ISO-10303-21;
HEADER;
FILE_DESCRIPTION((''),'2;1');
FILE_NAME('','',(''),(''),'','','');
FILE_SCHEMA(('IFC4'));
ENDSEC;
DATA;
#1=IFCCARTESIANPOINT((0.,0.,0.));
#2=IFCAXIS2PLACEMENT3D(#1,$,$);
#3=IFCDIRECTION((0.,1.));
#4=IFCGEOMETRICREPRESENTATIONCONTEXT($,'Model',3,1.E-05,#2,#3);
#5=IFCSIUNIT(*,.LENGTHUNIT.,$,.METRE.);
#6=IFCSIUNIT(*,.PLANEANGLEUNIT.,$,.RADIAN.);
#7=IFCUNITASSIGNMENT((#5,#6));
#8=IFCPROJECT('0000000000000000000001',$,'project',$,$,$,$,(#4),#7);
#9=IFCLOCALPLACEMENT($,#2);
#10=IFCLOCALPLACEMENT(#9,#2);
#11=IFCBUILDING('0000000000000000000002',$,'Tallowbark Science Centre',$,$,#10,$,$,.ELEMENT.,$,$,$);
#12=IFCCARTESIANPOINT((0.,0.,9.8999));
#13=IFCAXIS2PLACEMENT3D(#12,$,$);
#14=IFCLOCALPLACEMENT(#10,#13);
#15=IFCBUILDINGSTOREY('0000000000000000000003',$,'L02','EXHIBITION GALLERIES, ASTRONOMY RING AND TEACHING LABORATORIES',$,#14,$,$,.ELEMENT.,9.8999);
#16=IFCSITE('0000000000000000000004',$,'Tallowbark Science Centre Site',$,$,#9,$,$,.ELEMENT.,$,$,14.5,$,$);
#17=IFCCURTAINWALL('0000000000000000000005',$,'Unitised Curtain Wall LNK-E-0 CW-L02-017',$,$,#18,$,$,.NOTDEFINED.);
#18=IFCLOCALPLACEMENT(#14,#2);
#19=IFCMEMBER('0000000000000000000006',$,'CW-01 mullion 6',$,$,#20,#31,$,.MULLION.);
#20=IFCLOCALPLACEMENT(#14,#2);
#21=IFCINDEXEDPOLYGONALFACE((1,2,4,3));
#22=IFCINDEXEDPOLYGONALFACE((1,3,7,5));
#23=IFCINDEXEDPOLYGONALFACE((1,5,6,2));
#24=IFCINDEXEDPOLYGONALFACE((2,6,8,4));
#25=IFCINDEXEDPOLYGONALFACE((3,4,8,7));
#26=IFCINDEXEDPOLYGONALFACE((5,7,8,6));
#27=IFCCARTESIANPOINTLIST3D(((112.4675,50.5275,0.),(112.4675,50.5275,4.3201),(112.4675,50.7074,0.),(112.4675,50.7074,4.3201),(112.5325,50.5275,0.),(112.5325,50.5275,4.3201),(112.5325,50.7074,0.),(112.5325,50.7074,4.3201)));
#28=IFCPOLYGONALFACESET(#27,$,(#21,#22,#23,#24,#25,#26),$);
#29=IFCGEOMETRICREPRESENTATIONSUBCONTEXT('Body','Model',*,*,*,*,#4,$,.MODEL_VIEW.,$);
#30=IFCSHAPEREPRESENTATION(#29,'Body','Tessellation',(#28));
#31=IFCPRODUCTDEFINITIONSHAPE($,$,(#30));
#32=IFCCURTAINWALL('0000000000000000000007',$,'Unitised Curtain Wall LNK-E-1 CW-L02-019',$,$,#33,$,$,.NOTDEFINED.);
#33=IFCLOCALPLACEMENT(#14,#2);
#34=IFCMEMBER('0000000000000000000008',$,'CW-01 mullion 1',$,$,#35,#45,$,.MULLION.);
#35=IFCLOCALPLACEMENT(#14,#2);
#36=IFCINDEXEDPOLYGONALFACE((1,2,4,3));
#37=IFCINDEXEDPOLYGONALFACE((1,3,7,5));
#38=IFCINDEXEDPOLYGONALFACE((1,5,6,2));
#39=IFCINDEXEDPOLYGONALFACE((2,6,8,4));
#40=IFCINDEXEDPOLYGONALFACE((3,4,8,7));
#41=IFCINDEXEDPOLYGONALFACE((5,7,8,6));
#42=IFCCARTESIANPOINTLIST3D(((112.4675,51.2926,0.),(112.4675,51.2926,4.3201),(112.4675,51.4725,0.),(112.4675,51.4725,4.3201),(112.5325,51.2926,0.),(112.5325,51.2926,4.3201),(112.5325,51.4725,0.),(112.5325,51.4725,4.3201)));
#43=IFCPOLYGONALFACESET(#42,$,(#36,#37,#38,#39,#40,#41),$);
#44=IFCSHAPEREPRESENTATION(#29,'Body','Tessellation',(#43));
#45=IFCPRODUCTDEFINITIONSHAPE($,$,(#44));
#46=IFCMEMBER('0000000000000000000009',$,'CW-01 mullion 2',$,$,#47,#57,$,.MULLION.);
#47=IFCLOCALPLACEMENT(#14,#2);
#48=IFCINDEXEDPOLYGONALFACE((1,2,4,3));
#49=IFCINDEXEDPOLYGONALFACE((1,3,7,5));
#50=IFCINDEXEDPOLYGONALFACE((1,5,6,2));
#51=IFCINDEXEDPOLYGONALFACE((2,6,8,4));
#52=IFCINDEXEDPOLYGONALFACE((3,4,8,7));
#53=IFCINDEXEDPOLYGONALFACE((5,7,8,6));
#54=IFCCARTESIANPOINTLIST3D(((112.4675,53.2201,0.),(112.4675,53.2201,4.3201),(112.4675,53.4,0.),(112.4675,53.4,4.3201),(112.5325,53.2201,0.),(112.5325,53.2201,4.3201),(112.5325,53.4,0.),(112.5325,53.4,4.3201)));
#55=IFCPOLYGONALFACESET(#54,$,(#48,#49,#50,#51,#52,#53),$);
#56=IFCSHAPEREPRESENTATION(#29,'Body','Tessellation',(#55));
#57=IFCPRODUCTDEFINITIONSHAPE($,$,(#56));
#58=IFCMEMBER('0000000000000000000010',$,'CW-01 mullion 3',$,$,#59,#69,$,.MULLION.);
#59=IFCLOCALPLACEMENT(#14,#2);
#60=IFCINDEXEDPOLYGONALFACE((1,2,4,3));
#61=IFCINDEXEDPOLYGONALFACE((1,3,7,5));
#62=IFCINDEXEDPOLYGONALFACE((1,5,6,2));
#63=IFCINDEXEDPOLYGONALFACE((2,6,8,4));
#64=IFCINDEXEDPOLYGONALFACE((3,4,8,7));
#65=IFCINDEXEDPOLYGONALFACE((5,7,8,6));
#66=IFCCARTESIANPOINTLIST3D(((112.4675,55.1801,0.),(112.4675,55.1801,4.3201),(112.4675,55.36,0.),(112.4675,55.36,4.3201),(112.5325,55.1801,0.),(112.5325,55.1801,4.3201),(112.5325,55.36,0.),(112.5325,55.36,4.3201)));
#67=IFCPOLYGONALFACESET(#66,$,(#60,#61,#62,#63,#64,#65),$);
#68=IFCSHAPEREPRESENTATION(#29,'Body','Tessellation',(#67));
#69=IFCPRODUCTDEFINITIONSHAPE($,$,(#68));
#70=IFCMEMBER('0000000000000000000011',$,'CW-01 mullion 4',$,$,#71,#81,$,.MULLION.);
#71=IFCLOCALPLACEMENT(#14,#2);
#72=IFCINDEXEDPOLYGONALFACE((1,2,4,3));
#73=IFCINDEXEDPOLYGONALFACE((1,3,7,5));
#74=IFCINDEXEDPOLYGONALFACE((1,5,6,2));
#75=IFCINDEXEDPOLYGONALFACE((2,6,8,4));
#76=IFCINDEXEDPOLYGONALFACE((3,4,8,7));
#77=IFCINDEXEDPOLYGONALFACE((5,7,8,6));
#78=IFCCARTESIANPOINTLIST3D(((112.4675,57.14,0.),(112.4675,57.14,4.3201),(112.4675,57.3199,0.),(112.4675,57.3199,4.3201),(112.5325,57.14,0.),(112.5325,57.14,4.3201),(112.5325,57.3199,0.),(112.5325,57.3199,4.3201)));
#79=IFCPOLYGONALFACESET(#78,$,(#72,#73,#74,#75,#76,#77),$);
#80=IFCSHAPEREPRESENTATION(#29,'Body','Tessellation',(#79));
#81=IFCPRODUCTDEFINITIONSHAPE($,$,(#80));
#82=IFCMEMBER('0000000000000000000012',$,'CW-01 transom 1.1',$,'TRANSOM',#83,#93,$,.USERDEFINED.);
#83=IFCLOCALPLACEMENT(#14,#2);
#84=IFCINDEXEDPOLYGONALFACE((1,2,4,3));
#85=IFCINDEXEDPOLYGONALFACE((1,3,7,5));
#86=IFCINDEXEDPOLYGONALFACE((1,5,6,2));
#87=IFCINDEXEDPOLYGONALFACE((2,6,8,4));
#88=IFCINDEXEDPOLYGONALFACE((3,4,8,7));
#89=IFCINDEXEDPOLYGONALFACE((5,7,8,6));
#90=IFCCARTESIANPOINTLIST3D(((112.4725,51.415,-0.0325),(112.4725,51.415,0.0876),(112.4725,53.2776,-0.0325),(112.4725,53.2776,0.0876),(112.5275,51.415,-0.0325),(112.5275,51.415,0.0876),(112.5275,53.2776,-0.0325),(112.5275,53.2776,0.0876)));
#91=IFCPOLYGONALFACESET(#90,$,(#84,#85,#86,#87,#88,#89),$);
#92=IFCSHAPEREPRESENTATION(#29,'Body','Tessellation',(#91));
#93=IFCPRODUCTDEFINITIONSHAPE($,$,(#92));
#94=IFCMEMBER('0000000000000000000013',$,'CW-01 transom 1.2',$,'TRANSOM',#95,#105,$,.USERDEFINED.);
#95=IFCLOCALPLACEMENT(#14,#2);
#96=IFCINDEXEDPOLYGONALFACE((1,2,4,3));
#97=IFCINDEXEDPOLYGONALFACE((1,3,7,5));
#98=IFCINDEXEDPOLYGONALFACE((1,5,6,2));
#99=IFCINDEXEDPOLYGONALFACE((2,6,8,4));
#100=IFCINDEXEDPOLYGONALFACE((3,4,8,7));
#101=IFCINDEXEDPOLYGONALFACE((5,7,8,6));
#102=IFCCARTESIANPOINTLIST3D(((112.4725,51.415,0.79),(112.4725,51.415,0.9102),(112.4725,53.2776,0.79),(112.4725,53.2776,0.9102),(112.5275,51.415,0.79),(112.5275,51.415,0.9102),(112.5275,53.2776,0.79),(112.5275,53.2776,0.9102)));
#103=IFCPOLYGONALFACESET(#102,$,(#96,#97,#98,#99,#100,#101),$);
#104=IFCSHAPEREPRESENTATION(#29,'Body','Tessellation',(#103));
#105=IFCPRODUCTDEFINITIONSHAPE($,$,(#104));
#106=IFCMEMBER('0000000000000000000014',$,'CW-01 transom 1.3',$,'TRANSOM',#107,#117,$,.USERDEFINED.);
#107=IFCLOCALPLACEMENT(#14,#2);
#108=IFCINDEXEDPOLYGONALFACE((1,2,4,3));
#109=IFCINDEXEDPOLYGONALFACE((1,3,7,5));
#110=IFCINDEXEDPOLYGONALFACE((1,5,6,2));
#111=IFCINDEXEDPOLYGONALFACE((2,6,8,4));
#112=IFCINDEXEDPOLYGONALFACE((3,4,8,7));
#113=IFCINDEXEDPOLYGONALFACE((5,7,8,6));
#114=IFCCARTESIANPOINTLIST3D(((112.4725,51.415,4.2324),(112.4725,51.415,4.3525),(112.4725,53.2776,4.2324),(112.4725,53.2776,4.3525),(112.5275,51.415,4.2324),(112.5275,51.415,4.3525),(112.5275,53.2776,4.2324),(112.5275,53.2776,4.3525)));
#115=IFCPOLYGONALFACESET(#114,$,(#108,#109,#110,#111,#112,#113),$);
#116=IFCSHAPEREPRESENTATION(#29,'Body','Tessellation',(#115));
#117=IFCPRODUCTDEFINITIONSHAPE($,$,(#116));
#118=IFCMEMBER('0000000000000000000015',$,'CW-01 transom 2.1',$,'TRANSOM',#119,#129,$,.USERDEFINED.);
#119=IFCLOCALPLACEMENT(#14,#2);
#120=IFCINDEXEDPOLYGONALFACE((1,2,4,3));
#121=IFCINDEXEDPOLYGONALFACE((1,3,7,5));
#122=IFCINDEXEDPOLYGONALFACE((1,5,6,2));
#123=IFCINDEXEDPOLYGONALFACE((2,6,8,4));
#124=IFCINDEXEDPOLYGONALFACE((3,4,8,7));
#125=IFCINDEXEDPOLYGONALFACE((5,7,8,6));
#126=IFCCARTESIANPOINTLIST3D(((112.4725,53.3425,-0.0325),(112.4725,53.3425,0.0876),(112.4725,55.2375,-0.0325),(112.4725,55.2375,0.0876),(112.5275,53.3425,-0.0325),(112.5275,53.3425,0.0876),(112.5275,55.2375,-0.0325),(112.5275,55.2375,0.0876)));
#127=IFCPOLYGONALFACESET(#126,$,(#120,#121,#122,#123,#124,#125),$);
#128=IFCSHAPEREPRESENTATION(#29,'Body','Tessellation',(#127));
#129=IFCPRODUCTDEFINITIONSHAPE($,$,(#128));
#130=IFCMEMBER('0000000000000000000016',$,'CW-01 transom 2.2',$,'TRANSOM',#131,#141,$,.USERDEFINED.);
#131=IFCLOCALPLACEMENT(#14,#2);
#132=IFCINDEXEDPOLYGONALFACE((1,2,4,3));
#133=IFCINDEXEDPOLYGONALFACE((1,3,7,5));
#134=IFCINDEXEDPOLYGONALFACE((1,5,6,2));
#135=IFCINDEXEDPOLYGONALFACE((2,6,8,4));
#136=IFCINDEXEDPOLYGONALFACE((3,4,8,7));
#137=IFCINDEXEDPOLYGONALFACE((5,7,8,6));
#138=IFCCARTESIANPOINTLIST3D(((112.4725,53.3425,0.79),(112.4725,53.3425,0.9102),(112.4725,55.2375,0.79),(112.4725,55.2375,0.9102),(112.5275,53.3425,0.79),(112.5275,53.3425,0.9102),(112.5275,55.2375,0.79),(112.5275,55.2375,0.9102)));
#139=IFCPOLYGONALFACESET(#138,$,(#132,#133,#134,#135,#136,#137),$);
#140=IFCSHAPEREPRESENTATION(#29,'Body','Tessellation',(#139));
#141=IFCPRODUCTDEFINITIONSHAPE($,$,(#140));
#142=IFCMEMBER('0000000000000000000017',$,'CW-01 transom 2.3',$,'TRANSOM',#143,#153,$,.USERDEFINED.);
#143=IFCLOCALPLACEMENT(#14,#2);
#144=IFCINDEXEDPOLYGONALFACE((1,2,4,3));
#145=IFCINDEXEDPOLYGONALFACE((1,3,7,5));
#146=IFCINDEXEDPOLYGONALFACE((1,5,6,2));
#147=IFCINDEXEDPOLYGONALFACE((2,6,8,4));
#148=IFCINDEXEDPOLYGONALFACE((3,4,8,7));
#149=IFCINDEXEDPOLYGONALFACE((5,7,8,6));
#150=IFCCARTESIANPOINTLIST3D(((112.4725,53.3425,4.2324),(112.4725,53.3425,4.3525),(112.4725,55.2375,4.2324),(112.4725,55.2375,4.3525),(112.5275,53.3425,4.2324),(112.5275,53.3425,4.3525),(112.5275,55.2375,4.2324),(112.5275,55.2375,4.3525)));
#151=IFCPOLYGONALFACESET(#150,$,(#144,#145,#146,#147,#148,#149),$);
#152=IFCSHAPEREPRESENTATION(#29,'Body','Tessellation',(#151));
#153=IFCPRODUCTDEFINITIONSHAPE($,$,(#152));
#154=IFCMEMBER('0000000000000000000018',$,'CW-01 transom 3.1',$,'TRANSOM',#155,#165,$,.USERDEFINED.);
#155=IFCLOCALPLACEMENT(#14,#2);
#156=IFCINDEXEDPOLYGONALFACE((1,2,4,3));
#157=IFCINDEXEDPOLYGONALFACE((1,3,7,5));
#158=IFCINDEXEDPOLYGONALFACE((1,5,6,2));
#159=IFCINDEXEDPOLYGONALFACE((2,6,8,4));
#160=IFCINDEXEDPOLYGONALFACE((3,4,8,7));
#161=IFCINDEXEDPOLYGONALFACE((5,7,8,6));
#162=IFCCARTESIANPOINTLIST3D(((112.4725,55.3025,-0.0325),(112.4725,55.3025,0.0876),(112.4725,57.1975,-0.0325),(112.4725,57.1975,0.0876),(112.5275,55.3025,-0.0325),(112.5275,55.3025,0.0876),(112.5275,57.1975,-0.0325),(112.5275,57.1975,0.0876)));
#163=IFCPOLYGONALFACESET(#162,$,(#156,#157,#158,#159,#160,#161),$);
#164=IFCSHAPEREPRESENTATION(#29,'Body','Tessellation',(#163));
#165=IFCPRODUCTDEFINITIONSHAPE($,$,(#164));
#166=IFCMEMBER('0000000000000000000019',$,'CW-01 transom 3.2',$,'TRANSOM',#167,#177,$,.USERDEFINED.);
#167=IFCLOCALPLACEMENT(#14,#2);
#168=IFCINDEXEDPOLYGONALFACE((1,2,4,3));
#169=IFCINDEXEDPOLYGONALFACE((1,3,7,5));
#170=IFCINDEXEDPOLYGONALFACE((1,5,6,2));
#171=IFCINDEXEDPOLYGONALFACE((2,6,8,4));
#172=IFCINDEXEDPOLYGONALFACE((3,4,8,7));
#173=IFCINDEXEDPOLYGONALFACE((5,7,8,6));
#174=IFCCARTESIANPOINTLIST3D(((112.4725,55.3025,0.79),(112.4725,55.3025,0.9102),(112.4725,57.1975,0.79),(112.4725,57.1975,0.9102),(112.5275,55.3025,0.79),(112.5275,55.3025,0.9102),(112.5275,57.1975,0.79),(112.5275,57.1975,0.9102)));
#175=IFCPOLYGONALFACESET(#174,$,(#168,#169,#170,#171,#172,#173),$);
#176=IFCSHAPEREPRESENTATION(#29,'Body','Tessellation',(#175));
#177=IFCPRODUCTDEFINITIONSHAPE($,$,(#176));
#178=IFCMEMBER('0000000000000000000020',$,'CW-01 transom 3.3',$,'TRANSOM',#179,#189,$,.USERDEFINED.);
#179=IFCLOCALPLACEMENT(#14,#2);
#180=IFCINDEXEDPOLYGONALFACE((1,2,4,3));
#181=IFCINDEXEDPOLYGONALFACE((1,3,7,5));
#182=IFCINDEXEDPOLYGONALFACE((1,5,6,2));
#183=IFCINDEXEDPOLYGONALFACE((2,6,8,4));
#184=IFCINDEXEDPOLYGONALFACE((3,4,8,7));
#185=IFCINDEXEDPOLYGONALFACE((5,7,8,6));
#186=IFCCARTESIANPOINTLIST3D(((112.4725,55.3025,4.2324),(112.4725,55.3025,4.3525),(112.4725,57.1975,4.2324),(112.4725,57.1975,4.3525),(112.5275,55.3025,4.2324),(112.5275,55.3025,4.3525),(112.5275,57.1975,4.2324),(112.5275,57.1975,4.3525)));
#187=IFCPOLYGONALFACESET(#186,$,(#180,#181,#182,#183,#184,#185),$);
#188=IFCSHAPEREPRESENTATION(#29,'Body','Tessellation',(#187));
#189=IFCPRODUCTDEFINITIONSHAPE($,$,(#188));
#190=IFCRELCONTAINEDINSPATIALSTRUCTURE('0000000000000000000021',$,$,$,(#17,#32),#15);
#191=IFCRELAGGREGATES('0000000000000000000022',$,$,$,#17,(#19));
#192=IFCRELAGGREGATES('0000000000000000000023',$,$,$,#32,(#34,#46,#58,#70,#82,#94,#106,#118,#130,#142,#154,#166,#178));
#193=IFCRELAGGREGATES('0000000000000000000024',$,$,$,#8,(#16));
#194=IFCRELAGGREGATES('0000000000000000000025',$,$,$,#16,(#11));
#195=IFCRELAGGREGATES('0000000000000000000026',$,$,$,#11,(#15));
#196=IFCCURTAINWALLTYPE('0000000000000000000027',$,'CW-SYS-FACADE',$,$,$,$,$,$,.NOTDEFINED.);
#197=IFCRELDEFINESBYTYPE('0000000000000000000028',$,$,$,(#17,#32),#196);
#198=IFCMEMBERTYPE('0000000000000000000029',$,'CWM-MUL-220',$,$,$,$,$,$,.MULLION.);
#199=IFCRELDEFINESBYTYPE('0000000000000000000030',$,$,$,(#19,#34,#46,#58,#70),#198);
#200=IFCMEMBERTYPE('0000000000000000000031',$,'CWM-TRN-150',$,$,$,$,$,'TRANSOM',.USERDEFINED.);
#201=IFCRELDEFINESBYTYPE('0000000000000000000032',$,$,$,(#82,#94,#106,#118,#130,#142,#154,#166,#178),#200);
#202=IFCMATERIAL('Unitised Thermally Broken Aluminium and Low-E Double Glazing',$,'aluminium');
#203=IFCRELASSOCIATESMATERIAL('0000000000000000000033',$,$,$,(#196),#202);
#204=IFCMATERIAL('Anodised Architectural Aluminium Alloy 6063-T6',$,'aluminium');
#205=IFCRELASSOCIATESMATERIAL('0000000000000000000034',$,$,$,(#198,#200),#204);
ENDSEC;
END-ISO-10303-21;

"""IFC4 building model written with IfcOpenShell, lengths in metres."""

from ifc_helpers import new_model, si_unit, direction, frame, origin, origin_2d, place, context, subcontext, project, spatial, rectangle, extrude, material, material_profile, profile_set, type_object, element, aggregate, save


model = new_model("IFC4")

# Units and contexts
model_context = context("Model", 3, precision=1e-05, world=origin(), true_north=direction((0.0, 1.0)))
body_context = subcontext(model_context, "Body", "Model", "MODEL_VIEW")
ifc_project = project(units=[si_unit("LENGTHUNIT", "METRE"), si_unit("PLANEANGLEUNIT", "RADIAN")], contexts=[model_context])

# Site, building, storey
site_placement = place(None, origin())
site = spatial("IfcSite", under=ifc_project, at=site_placement, Name="Tallowbark Science Centre Site", CompositionType="ELEMENT", RefElevation=14.5)
building_placement = place(site_placement, origin())
building = spatial("IfcBuilding", under=site, at=building_placement, Name="Tallowbark Science Centre", CompositionType="ELEMENT")
storey_placement = place(building_placement, frame((0.0, 0.0, 9.8999)))
storey = spatial("IfcBuildingStorey", under=building, at=storey_placement, Name="L02", Description="EXHIBITION GALLERIES, ASTRONOMY RING AND TEACHING LABORATORIES", CompositionType="ELEMENT", Elevation=9.8999)

# Curtain wall, member
ifc_material_1 = material(Name="Unitised Thermally Broken Aluminium and Low-E Double Glazing", Category="aluminium")
curtain_wall_type = type_object("IfcCurtainWallType", Name="CW-SYS-FACADE", PredefinedType="NOTDEFINED", material=ifc_material_1)
curtain_wall_1_placement = place(storey_placement, origin())
curtain_wall_1 = element("IfcCurtainWall", 1, at=curtain_wall_1_placement, inside=storey, type_object=curtain_wall_type, Name="Unitised Curtain Wall LNK-E-0 CW-L02-017", PredefinedType="NOTDEFINED")
ifc_material_2 = material(Name="Anodised Architectural Aluminium Alloy 6063-T6", Category="aluminium")
ifc_material_profile_1 = material_profile(ifc_material_2, rectangle(XDim=0.0649, YDim=0.1799, at=origin_2d()), Name="ALU65x180")
ifc_profile_set_1 = profile_set([ifc_material_profile_1], Name="Anodised Architectural Aluminium Alloy 6063-T6")
member_type_1 = type_object("IfcMemberType", Name="CWM-MUL-220", PredefinedType="MULLION", material=ifc_profile_set_1)
member_1_placement = place(storey_placement, frame((112.5, 50.6174, 0.0), z_axis=(0.0, 0.0, 1.0), x_axis=(-1.0, 0.0, 0.0)))
member_1 = element("IfcMember", 2, at=member_1_placement, type_object=member_type_1, Name="CW-01 mullion 6", PredefinedType="MULLION", context=body_context, shape_type="SweptSolid", body=[
    extrude(rectangle(XDim=0.0649, YDim=0.1799, at=origin_2d()), origin(), (0.0, 0.0, 1.0), 4.3201),
])

# Curtain wall, members
curtain_wall_2_placement = place(storey_placement, origin())
curtain_wall_2 = element("IfcCurtainWall", 3, at=curtain_wall_2_placement, inside=storey, type_object=curtain_wall_type, Name="Unitised Curtain Wall LNK-E-1 CW-L02-019", PredefinedType="NOTDEFINED")
member_2_placement = place(storey_placement, frame((112.5, 51.3826, 0.0), z_axis=(0.0, 0.0, 1.0), x_axis=(-1.0, 0.0, 0.0)))
member_2 = element("IfcMember", 4, at=member_2_placement, type_object=member_type_1, Name="CW-01 mullion 1", PredefinedType="MULLION", context=body_context, shape_type="SweptSolid", body=[
    extrude(rectangle(XDim=0.0649, YDim=0.1799, at=origin_2d()), origin(), (0.0, 0.0, 1.0), 4.3201),
])
member_3_placement = place(storey_placement, frame((112.5, 53.3101, 0.0), z_axis=(0.0, 0.0, 1.0), x_axis=(-1.0, 0.0, 0.0)))
member_3 = element("IfcMember", 5, at=member_3_placement, type_object=member_type_1, Name="CW-01 mullion 2", PredefinedType="MULLION", context=body_context, shape_type="SweptSolid", body=[
    extrude(rectangle(XDim=0.0649, YDim=0.1799, at=origin_2d()), origin(), (0.0, 0.0, 1.0), 4.3201),
])
member_4_placement = place(storey_placement, frame((112.5, 55.27, 0.0), z_axis=(0.0, 0.0, 1.0), x_axis=(-1.0, 0.0, 0.0)))
member_4 = element("IfcMember", 6, at=member_4_placement, type_object=member_type_1, Name="CW-01 mullion 3", PredefinedType="MULLION", context=body_context, shape_type="SweptSolid", body=[
    extrude(rectangle(XDim=0.0649, YDim=0.1799, at=origin_2d()), origin(), (0.0, 0.0, 1.0), 4.3201),
])
member_5_placement = place(storey_placement, frame((112.5, 57.23, 0.0), z_axis=(0.0, 0.0, 1.0), x_axis=(-1.0, 0.0, 0.0)))
member_5 = element("IfcMember", 7, at=member_5_placement, type_object=member_type_1, Name="CW-01 mullion 4", PredefinedType="MULLION", context=body_context, shape_type="SweptSolid", body=[
    extrude(rectangle(XDim=0.0649, YDim=0.1799, at=origin_2d()), origin(), (0.0, 0.0, 1.0), 4.3201),
])
ifc_material_profile_2 = material_profile(ifc_material_2, rectangle(XDim=0.0549, YDim=0.1201, at=origin_2d()), Name="ALU55x120")
ifc_profile_set_2 = profile_set([ifc_material_profile_2], Name="Anodised Architectural Aluminium Alloy 6063-T6")
member_type_2 = type_object("IfcMemberType", Name="CWM-TRN-150", ElementType="TRANSOM", PredefinedType="USERDEFINED", material=ifc_profile_set_2)
member_6_placement = place(storey_placement, frame((112.5, 51.415, 0.0276), z_axis=(0.0, 1.0, 0.0), x_axis=(-1.0, 0.0, 0.0)))
member_6 = element("IfcMember", 8, at=member_6_placement, type_object=member_type_2, Name="CW-01 transom 1.1", ObjectType="TRANSOM", PredefinedType="USERDEFINED", context=body_context, shape_type="SweptSolid", body=[
    extrude(rectangle(XDim=0.0549, YDim=0.1201, at=origin_2d()), origin(), (0.0, 0.0, 1.0), 1.8625),
])
member_7_placement = place(storey_placement, frame((112.5, 51.415, 0.8501), z_axis=(0.0, 1.0, 0.0), x_axis=(-1.0, 0.0, 0.0)))
member_7 = element("IfcMember", 9, at=member_7_placement, type_object=member_type_2, Name="CW-01 transom 1.2", ObjectType="TRANSOM", PredefinedType="USERDEFINED", context=body_context, shape_type="SweptSolid", body=[
    extrude(rectangle(XDim=0.0549, YDim=0.1201, at=origin_2d()), origin(), (0.0, 0.0, 1.0), 1.8625),
])
member_8_placement = place(storey_placement, frame((112.5, 51.415, 4.2925), z_axis=(0.0, 1.0, 0.0), x_axis=(-1.0, 0.0, 0.0)))
member_8 = element("IfcMember", 10, at=member_8_placement, type_object=member_type_2, Name="CW-01 transom 1.3", ObjectType="TRANSOM", PredefinedType="USERDEFINED", context=body_context, shape_type="SweptSolid", body=[
    extrude(rectangle(XDim=0.0549, YDim=0.1201, at=origin_2d()), origin(), (0.0, 0.0, 1.0), 1.8625),
])
member_9_placement = place(storey_placement, frame((112.5, 53.3425, 0.0276), z_axis=(0.0, 1.0, 0.0), x_axis=(-1.0, 0.0, 0.0)))
member_9 = element("IfcMember", 11, at=member_9_placement, type_object=member_type_2, Name="CW-01 transom 2.1", ObjectType="TRANSOM", PredefinedType="USERDEFINED", context=body_context, shape_type="SweptSolid", body=[
    extrude(rectangle(XDim=0.0549, YDim=0.1201, at=origin_2d()), origin(), (0.0, 0.0, 1.0), 1.895),
])
member_10_placement = place(storey_placement, frame((112.5, 53.3425, 0.8501), z_axis=(0.0, 1.0, 0.0), x_axis=(-1.0, 0.0, 0.0)))
member_10 = element("IfcMember", 12, at=member_10_placement, type_object=member_type_2, Name="CW-01 transom 2.2", ObjectType="TRANSOM", PredefinedType="USERDEFINED", context=body_context, shape_type="SweptSolid", body=[
    extrude(rectangle(XDim=0.0549, YDim=0.1201, at=origin_2d()), origin(), (0.0, 0.0, 1.0), 1.895),
])
member_11_placement = place(storey_placement, frame((112.5, 53.3425, 4.2925), z_axis=(0.0, 1.0, 0.0), x_axis=(-1.0, 0.0, 0.0)))
member_11 = element("IfcMember", 13, at=member_11_placement, type_object=member_type_2, Name="CW-01 transom 2.3", ObjectType="TRANSOM", PredefinedType="USERDEFINED", context=body_context, shape_type="SweptSolid", body=[
    extrude(rectangle(XDim=0.0549, YDim=0.1201, at=origin_2d()), origin(), (0.0, 0.0, 1.0), 1.895),
])
member_12_placement = place(storey_placement, frame((112.5, 55.3025, 0.0276), z_axis=(0.0, 1.0, 0.0), x_axis=(-1.0, 0.0, 0.0)))
member_12 = element("IfcMember", 14, at=member_12_placement, type_object=member_type_2, Name="CW-01 transom 3.1", ObjectType="TRANSOM", PredefinedType="USERDEFINED", context=body_context, shape_type="SweptSolid", body=[
    extrude(rectangle(XDim=0.0549, YDim=0.1201, at=origin_2d()), origin(), (0.0, 0.0, 1.0), 1.895),
])
member_13_placement = place(storey_placement, frame((112.5, 55.3025, 0.8501), z_axis=(0.0, 1.0, 0.0), x_axis=(-1.0, 0.0, 0.0)))
member_13 = element("IfcMember", 15, at=member_13_placement, type_object=member_type_2, Name="CW-01 transom 3.2", ObjectType="TRANSOM", PredefinedType="USERDEFINED", context=body_context, shape_type="SweptSolid", body=[
    extrude(rectangle(XDim=0.0549, YDim=0.1201, at=origin_2d()), origin(), (0.0, 0.0, 1.0), 1.895),
])
member_14_placement = place(storey_placement, frame((112.5, 55.3025, 4.2925), z_axis=(0.0, 1.0, 0.0), x_axis=(-1.0, 0.0, 0.0)))
member_14 = element("IfcMember", 16, at=member_14_placement, type_object=member_type_2, Name="CW-01 transom 3.3", ObjectType="TRANSOM", PredefinedType="USERDEFINED", context=body_context, shape_type="SweptSolid", body=[
    extrude(rectangle(XDim=0.0549, YDim=0.1201, at=origin_2d()), origin(), (0.0, 0.0, 1.0), 1.895),
])

aggregate(curtain_wall_1, [member_1])
aggregate(curtain_wall_2, [member_2, member_3, member_4, member_5, member_6, member_7, member_8, member_9, member_10, member_11, member_12, member_13, member_14])

save(model, "model.ifc")
